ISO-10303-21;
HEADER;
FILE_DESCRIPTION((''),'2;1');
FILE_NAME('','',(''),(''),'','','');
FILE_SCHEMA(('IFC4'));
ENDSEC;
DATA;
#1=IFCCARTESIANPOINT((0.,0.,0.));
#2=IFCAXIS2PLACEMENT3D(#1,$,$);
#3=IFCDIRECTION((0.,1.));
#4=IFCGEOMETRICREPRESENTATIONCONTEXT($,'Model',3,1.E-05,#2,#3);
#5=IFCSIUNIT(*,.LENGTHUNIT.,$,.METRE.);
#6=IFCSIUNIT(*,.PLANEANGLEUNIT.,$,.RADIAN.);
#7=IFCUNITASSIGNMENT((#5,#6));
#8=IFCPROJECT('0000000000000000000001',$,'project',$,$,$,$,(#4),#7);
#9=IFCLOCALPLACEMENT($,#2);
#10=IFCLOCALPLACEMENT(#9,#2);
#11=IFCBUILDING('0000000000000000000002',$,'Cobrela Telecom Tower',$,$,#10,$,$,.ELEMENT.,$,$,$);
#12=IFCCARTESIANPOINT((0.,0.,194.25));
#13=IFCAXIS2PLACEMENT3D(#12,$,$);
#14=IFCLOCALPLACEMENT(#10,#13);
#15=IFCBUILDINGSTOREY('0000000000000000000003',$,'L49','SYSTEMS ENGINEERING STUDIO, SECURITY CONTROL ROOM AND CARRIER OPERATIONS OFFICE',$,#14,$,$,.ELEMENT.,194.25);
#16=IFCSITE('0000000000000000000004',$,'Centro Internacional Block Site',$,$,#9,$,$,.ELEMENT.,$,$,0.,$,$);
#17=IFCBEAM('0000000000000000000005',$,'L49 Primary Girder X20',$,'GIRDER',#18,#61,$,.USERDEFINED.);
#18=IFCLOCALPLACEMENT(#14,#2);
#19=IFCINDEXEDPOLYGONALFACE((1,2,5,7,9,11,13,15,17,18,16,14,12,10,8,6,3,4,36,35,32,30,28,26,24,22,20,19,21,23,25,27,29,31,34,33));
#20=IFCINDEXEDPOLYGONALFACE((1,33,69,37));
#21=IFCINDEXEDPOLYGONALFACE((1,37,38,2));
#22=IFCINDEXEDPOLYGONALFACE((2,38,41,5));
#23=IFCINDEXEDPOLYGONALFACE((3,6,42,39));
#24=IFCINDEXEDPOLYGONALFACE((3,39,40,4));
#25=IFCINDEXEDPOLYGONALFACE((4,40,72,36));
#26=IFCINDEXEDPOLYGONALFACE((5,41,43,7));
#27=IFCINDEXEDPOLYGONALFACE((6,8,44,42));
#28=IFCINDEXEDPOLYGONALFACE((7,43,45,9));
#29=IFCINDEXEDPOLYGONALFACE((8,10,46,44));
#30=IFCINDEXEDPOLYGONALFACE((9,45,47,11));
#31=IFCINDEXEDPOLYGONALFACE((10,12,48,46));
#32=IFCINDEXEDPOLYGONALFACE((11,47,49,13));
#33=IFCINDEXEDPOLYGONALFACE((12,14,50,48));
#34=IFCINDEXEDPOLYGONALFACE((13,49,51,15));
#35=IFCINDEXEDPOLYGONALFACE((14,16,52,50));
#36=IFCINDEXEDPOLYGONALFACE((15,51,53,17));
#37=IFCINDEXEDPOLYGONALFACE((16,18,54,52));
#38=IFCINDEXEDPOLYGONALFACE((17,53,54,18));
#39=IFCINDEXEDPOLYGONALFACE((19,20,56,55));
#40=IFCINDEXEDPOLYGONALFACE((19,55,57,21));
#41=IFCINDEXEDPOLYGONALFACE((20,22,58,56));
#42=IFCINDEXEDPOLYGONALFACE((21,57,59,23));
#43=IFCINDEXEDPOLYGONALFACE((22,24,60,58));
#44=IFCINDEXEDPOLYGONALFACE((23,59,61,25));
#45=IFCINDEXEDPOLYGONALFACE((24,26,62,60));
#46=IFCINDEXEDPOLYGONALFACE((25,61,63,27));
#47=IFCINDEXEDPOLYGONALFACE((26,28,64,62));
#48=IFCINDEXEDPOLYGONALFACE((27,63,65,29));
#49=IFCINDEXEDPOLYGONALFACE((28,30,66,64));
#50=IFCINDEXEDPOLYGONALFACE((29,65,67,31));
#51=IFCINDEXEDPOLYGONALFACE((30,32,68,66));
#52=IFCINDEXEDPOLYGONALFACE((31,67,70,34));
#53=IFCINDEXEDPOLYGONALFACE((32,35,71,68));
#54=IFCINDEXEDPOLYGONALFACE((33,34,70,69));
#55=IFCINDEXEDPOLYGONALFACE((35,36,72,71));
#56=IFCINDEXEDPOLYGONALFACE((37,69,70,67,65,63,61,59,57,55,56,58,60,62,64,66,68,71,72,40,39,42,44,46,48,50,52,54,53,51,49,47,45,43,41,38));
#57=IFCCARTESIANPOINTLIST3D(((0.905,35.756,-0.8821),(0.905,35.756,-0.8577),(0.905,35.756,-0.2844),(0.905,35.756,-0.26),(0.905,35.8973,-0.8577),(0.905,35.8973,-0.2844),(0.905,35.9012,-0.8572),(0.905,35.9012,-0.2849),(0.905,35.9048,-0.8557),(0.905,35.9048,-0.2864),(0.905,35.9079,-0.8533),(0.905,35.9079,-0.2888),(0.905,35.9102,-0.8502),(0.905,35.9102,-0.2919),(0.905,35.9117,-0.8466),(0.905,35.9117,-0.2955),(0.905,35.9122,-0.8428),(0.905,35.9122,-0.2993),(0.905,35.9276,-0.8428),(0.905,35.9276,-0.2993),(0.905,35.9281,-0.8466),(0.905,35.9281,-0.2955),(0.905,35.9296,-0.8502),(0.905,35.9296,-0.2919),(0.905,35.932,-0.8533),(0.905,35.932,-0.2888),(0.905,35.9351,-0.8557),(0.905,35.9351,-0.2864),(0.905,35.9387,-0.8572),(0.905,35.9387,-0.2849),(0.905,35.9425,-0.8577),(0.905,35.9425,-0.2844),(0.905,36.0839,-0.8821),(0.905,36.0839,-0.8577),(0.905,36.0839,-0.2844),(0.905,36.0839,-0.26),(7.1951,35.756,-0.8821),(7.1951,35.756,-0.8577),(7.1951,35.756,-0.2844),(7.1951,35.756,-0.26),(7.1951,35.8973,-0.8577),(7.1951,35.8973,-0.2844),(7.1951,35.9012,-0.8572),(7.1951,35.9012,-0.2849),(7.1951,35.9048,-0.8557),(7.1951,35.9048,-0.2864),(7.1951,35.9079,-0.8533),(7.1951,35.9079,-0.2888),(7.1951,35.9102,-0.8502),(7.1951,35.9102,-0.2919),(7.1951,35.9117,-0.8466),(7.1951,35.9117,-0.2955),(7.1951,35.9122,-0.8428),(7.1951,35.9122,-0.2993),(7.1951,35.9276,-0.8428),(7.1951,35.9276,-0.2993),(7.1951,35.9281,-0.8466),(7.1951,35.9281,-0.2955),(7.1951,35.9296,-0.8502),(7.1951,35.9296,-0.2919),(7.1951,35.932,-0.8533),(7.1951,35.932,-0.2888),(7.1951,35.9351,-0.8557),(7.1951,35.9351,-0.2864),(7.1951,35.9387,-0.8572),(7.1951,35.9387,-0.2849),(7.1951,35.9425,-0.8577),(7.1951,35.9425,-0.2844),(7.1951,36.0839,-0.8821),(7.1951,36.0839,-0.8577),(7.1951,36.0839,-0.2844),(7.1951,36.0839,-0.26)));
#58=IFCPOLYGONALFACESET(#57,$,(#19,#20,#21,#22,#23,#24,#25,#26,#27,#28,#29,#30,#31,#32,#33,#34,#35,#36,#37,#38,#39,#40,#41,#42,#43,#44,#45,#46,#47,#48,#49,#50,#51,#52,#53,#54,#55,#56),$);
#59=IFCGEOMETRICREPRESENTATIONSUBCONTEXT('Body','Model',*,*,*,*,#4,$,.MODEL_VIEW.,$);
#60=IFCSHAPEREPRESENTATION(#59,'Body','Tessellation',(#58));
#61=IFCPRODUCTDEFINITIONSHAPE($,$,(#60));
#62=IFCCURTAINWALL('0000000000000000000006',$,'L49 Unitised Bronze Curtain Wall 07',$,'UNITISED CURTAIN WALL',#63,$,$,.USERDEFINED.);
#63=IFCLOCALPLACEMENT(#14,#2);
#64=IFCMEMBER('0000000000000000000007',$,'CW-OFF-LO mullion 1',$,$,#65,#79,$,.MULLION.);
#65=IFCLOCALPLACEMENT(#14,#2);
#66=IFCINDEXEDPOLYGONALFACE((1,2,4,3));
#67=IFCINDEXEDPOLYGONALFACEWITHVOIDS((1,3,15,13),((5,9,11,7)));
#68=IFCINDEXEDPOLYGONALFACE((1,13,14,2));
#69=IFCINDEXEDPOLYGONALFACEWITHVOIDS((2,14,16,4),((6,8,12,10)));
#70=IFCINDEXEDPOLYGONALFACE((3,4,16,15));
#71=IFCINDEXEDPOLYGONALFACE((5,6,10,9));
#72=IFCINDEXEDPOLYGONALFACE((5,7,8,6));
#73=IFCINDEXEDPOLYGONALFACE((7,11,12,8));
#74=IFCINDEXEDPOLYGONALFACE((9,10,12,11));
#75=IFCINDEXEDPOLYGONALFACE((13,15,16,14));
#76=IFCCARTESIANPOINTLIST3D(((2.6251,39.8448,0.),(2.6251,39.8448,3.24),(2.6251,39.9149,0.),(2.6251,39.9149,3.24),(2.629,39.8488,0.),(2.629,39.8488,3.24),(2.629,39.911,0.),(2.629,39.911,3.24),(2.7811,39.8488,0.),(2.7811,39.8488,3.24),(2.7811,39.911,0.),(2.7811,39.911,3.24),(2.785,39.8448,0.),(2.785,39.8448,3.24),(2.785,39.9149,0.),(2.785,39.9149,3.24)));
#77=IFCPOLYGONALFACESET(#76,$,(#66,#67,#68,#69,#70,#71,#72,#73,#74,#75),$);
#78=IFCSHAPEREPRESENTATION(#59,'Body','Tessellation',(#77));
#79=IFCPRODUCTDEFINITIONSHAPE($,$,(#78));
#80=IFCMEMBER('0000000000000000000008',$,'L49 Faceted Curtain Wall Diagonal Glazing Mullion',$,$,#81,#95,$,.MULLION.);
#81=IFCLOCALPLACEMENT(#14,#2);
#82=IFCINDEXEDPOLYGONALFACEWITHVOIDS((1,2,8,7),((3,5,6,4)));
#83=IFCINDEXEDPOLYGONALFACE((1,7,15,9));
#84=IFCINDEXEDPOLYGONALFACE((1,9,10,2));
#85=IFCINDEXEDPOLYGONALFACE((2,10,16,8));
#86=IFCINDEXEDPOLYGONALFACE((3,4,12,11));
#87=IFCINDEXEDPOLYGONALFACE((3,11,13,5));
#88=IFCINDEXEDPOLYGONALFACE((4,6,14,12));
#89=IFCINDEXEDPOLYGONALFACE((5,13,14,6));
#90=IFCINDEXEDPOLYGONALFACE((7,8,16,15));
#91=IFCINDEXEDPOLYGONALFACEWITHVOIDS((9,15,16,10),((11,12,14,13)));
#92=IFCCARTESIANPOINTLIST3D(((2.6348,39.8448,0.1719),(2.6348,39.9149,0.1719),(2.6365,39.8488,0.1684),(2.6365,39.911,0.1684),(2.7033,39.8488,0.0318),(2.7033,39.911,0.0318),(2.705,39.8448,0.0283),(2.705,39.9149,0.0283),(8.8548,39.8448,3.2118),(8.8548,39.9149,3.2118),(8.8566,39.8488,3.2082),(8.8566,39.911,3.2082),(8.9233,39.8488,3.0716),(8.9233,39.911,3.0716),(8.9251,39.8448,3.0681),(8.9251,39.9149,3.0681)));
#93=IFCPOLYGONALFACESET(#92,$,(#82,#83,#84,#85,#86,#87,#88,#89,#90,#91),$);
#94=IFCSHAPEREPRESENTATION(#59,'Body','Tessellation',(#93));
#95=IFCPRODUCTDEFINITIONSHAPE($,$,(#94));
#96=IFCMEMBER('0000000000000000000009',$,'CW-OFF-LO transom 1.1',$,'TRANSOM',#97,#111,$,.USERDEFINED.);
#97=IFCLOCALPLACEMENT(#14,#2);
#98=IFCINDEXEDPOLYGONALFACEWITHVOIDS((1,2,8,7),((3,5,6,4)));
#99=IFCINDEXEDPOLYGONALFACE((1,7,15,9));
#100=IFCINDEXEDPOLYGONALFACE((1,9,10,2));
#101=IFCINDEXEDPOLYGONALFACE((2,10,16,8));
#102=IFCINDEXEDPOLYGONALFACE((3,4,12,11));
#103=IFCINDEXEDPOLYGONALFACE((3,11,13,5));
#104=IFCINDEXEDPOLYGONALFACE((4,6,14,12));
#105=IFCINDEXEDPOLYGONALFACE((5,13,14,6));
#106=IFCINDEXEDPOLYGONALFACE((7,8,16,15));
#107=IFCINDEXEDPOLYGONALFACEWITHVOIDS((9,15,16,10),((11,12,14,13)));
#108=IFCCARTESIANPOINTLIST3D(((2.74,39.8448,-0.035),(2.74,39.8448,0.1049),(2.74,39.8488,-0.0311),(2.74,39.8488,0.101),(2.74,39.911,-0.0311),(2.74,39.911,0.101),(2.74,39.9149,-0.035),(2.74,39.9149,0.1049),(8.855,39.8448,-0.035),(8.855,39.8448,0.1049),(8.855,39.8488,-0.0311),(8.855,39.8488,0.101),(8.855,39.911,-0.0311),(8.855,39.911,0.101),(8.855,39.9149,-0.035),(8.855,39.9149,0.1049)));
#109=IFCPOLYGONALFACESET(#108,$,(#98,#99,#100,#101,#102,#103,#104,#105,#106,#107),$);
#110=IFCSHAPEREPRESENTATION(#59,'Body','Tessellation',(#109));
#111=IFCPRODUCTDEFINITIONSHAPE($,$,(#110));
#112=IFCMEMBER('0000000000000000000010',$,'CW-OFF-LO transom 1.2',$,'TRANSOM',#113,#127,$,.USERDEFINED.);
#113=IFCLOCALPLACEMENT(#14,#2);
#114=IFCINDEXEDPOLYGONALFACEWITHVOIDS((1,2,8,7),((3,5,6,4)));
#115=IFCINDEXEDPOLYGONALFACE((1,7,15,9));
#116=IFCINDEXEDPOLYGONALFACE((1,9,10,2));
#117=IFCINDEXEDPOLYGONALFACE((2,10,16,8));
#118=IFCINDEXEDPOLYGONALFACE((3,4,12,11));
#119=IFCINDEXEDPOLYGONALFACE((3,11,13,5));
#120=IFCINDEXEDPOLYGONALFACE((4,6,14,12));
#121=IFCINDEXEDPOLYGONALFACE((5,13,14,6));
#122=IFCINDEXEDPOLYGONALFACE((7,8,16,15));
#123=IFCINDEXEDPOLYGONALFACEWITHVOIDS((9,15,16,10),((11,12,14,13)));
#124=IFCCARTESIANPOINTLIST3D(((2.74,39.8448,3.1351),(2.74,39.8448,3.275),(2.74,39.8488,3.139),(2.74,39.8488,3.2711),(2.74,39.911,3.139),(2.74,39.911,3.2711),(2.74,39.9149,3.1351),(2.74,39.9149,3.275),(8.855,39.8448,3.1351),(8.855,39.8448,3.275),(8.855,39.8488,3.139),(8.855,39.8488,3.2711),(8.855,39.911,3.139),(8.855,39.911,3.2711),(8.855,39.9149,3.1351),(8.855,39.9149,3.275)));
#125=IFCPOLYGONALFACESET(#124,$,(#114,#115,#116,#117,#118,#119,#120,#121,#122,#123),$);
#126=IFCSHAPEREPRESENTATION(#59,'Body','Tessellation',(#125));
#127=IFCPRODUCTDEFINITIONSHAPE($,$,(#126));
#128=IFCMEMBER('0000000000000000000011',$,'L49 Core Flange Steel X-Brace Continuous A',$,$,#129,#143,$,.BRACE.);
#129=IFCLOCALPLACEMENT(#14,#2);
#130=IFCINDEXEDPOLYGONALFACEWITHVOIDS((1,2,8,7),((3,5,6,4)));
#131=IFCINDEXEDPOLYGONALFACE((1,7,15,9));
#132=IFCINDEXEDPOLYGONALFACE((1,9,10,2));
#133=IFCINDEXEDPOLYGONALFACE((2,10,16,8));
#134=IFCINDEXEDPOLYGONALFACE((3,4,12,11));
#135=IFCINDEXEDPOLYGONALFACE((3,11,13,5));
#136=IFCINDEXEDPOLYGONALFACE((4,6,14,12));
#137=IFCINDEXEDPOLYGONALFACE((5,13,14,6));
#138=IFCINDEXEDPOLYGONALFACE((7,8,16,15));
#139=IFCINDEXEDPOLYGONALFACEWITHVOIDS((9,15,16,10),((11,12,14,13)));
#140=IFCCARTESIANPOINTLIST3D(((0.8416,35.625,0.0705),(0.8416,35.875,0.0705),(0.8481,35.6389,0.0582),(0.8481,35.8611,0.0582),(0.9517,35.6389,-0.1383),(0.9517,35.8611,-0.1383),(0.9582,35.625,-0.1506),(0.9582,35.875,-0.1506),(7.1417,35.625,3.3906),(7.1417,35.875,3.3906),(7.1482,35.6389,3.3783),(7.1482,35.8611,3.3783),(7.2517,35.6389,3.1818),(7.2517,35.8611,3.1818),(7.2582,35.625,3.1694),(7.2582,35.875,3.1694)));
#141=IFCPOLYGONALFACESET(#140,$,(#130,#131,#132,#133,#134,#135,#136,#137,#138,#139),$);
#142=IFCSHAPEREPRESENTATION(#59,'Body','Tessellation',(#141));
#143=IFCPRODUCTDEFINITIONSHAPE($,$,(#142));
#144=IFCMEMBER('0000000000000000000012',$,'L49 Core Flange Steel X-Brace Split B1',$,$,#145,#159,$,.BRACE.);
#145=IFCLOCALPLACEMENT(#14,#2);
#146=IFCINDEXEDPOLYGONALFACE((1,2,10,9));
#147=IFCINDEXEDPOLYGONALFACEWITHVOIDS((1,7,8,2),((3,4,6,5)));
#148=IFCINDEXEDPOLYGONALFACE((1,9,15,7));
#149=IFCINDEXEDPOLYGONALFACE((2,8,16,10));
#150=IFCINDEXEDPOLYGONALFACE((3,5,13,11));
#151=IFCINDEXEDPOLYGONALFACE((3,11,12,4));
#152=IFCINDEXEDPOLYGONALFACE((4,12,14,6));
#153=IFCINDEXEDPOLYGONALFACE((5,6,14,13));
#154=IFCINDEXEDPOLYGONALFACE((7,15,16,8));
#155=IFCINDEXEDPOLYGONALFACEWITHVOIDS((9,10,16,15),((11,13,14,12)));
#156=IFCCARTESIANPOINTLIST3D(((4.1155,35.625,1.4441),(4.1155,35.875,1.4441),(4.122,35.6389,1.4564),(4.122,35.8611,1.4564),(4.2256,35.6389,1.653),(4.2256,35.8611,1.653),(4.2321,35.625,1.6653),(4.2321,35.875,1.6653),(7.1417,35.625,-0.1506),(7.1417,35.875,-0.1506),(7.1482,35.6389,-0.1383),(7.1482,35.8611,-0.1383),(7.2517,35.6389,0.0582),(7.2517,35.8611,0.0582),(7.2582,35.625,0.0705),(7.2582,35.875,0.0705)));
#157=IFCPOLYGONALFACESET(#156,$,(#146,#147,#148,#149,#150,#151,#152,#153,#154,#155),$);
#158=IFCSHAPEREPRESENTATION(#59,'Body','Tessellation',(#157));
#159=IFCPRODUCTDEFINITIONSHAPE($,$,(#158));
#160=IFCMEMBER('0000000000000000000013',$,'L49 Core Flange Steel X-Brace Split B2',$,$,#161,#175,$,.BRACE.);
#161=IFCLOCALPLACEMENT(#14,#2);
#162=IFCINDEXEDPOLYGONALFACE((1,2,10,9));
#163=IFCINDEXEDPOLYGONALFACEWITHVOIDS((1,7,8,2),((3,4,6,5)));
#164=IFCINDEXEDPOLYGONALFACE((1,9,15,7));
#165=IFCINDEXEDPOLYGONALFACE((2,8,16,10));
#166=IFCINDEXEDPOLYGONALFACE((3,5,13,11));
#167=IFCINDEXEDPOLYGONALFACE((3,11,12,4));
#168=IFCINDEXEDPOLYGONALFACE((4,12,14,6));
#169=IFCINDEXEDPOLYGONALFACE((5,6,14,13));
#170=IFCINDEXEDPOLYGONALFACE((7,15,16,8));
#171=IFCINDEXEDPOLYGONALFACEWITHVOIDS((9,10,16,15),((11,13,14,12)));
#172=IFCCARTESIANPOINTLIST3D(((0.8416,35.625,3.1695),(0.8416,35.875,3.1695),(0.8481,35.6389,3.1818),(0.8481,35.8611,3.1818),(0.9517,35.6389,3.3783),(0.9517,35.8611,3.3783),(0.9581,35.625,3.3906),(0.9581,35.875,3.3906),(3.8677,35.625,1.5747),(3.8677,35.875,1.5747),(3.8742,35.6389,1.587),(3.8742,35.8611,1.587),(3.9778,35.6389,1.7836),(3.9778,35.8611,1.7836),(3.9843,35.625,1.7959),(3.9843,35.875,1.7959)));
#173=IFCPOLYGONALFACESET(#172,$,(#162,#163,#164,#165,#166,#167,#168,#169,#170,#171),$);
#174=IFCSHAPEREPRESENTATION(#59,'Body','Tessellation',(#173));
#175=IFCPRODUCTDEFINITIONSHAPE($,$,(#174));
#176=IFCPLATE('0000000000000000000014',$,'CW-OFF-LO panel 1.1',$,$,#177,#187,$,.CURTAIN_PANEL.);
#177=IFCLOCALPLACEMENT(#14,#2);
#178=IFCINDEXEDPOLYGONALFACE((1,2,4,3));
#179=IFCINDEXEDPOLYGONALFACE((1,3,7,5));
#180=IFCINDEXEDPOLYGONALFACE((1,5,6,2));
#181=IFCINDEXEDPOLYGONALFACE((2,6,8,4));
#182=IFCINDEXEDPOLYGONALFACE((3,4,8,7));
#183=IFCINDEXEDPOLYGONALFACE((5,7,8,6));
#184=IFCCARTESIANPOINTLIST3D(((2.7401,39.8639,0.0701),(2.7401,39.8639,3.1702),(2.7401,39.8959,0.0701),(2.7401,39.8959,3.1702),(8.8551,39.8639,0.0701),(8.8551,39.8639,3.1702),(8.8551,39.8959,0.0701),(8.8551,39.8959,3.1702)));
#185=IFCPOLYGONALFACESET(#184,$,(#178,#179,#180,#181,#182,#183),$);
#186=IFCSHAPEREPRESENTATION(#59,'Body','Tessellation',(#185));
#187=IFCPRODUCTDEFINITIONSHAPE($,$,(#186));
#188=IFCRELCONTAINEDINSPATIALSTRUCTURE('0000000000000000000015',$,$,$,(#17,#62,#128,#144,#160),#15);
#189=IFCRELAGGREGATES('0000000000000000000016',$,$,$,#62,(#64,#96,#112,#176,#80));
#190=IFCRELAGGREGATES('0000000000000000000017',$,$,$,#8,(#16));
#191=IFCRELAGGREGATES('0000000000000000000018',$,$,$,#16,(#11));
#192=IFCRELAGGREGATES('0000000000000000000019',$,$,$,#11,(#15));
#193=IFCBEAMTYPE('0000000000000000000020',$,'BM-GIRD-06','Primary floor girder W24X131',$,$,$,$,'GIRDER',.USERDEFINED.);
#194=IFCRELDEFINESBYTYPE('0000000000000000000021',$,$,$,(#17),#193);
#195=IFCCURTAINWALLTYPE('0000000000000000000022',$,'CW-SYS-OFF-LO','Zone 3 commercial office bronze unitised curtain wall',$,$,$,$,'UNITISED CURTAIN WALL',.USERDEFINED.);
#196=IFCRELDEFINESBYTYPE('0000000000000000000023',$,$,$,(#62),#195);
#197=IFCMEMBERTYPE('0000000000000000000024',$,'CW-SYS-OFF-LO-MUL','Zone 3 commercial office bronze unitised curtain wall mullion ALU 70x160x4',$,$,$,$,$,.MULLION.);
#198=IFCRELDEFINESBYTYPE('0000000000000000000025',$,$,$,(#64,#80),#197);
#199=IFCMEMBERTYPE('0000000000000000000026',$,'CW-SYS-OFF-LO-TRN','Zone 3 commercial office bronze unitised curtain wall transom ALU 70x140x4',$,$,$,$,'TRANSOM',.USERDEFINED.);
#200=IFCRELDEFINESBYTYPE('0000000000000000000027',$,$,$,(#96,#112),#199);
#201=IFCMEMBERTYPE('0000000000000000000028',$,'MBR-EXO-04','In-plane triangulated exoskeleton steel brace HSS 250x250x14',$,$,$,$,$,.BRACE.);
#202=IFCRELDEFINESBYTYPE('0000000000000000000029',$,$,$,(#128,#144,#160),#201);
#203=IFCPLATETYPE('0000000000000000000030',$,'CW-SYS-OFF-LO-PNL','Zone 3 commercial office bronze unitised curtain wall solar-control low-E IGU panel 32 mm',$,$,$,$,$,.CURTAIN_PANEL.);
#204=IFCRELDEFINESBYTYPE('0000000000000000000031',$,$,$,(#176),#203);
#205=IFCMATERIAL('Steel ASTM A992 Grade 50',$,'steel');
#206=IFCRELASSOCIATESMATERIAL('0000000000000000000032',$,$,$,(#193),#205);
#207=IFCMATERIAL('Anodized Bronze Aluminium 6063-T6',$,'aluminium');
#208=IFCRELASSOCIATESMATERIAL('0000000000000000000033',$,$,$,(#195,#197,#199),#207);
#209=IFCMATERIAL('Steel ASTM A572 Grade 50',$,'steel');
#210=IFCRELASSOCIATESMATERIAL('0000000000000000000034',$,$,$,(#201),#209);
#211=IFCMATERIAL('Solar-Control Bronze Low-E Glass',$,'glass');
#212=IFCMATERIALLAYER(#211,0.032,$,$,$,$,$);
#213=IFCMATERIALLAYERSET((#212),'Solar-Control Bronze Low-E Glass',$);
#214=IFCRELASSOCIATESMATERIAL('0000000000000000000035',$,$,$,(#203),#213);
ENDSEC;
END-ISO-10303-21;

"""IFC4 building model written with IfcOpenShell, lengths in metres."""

from ifc_helpers import new_model, si_unit, direction, frame, origin, origin_2d, place, context, subcontext, project, spatial, rectangle, hollow_rectangle, i_section, extrude, material, layer, layer_set, material_profile, profile_set, type_object, element, aggregate, save


model = new_model("IFC4")

# Units and contexts
model_context = context("Model", 3, precision=1e-05, world=origin(), true_north=direction((0.0, 1.0)))
body_context = subcontext(model_context, "Body", "Model", "MODEL_VIEW")
ifc_project = project(units=[si_unit("LENGTHUNIT", "METRE"), si_unit("PLANEANGLEUNIT", "RADIAN")], contexts=[model_context])

# Site, building, storey
site_placement = place(None, origin())
site = spatial("IfcSite", under=ifc_project, at=site_placement, Name="Centro Internacional Block Site", CompositionType="ELEMENT", RefElevation=0.0)
building_placement = place(site_placement, origin())
building = spatial("IfcBuilding", under=site, at=building_placement, Name="Cobrela Telecom Tower", CompositionType="ELEMENT")
storey_placement = place(building_placement, frame((0.0, 0.0, 194.25)))
storey = spatial("IfcBuildingStorey", under=building, at=storey_placement, Name="L49", Description="SYSTEMS ENGINEERING STUDIO, SECURITY CONTROL ROOM AND CARRIER OPERATIONS OFFICE", CompositionType="ELEMENT", Elevation=194.25)

# Beam
ifc_material_1 = material(Name="Steel ASTM A992 Grade 50", Category="steel")
ifc_material_profile_1 = material_profile(ifc_material_1, i_section(OverallWidth=0.3279, OverallDepth=0.6221, WebThickness=0.0154, FlangeThickness=0.0244, FilletRadius=0.0149, at=origin_2d()), Name="W24X131")
ifc_profile_set_1 = profile_set([ifc_material_profile_1], Name="Steel ASTM A992 Grade 50")
beam_type = type_object("IfcBeamType", Name="BM-GIRD-06", Description="Primary floor girder W24X131", ElementType="GIRDER", PredefinedType="USERDEFINED", material=ifc_profile_set_1)
beam_placement = place(storey_placement, frame((0.905, 35.9199, -0.571), z_axis=(1.0, 0.0, 0.0), x_axis=(0.0, 1.0, 0.0)))
element("IfcBeam", 1, at=beam_placement, inside=storey, type_object=beam_type, Name="L49 Primary Girder X20", ObjectType="GIRDER", PredefinedType="USERDEFINED", context=body_context, shape_type="SweptSolid", body=[
    extrude(i_section(OverallWidth=0.3279, OverallDepth=0.6221, WebThickness=0.0154, FlangeThickness=0.0244, FilletRadius=0.0149, at=origin_2d()), origin(), (0.0, 0.0, 1.0), 6.29),
])

# Curtain wall, members
ifc_material_2 = material(Name="Anodized Bronze Aluminium 6063-T6", Category="aluminium")
curtain_wall_type = type_object("IfcCurtainWallType", Name="CW-SYS-OFF-LO", Description="Zone 3 commercial office bronze unitised curtain wall", ElementType="UNITISED CURTAIN WALL", PredefinedType="USERDEFINED", material=ifc_material_2)
curtain_wall_placement = place(storey_placement, origin())
curtain_wall = element("IfcCurtainWall", 2, at=curtain_wall_placement, inside=storey, type_object=curtain_wall_type, Name="L49 Unitised Bronze Curtain Wall 07", ObjectType="UNITISED CURTAIN WALL", PredefinedType="USERDEFINED")
ifc_material_profile_2 = material_profile(ifc_material_2, hollow_rectangle(XDim=0.0701, YDim=0.1599, WallThickness=0.0039, at=origin_2d()), Name="ALU 70x160x4")
ifc_profile_set_2 = profile_set([ifc_material_profile_2], Name="Anodized Bronze Aluminium 6063-T6")
member_type_1 = type_object("IfcMemberType", Name="CW-SYS-OFF-LO-MUL", Description="Zone 3 commercial office bronze unitised curtain wall mullion ALU 70x160x4", PredefinedType="MULLION", material=ifc_profile_set_2)
member_1_placement = place(storey_placement, frame((2.7051, 39.8799, 0.0), z_axis=(0.0, 0.0, 1.0), x_axis=(0.0, 1.0, 0.0)))
member_1 = element("IfcMember", 3, at=member_1_placement, type_object=member_type_1, Name="CW-OFF-LO mullion 1", PredefinedType="MULLION", context=body_context, shape_type="SweptSolid", body=[
    extrude(hollow_rectangle(XDim=0.0701, YDim=0.1599, WallThickness=0.0039, at=origin_2d()), origin(), (0.0, 0.0, 1.0), 3.24),
])
member_2_placement = place(storey_placement, frame((2.6699, 39.8799, 0.1001), z_axis=(0.898446, 0.0, 0.439084), x_axis=(0.0, 1.0, 0.0)))
member_2 = element("IfcMember", 4, at=member_2_placement, type_object=member_type_1, Name="L49 Faceted Curtain Wall Diagonal Glazing Mullion", PredefinedType="MULLION", context=body_context, shape_type="SweptSolid", body=[
    extrude(hollow_rectangle(XDim=0.0701, YDim=0.1599, WallThickness=0.0039, at=origin_2d()), origin(), (0.0, 0.0, 1.0), 6.9231),
])
ifc_material_profile_3 = material_profile(ifc_material_2, hollow_rectangle(XDim=0.0701, YDim=0.1399, WallThickness=0.0039, at=origin_2d()), Name="ALU 70x140x4")
ifc_profile_set_3 = profile_set([ifc_material_profile_3], Name="Anodized Bronze Aluminium 6063-T6")
member_type_2 = type_object("IfcMemberType", Name="CW-SYS-OFF-LO-TRN", Description="Zone 3 commercial office bronze unitised curtain wall transom ALU 70x140x4", ElementType="TRANSOM", PredefinedType="USERDEFINED", material=ifc_profile_set_3)
member_3_placement = place(storey_placement, frame((2.74, 39.8799, 0.0349), z_axis=(1.0, 0.0, 0.0), x_axis=(0.0, 1.0, 0.0)))
member_3 = element("IfcMember", 5, at=member_3_placement, type_object=member_type_2, Name="CW-OFF-LO transom 1.1", ObjectType="TRANSOM", PredefinedType="USERDEFINED", context=body_context, shape_type="SweptSolid", body=[
    extrude(hollow_rectangle(XDim=0.0701, YDim=0.1399, WallThickness=0.0039, at=origin_2d()), origin(), (0.0, 0.0, 1.0), 6.115),
])
member_4_placement = place(storey_placement, frame((2.74, 39.8799, 3.2051), z_axis=(1.0, 0.0, 0.0), x_axis=(0.0, 1.0, 0.0)))
member_4 = element("IfcMember", 6, at=member_4_placement, type_object=member_type_2, Name="CW-OFF-LO transom 1.2", ObjectType="TRANSOM", PredefinedType="USERDEFINED", context=body_context, shape_type="SweptSolid", body=[
    extrude(hollow_rectangle(XDim=0.0701, YDim=0.1399, WallThickness=0.0039, at=origin_2d()), origin(), (0.0, 0.0, 1.0), 6.115),
])

# Members
ifc_material_3 = material(Name="Steel ASTM A572 Grade 50", Category="steel")
ifc_material_profile_4 = material_profile(ifc_material_3, hollow_rectangle(XDim=0.25, YDim=0.25, WallThickness=0.0139, at=origin_2d()), Name="HSS 250x250x14")
ifc_profile_set_4 = profile_set([ifc_material_profile_4], Name="Steel ASTM A572 Grade 50")
member_type_3 = type_object("IfcMemberType", Name="MBR-EXO-04", Description="In-plane triangulated exoskeleton steel brace HSS 250x250x14", PredefinedType="BRACE", material=ifc_profile_set_4)
member_5_placement = place(storey_placement, frame((0.8999, 35.75, -0.04), z_axis=(0.884672, 0.0, 0.466214), x_axis=(0.0, 1.0, 0.0)))
element("IfcMember", 7, at=member_5_placement, inside=storey, type_object=member_type_3, Name="L49 Core Flange Steel X-Brace Continuous A", PredefinedType="BRACE", context=body_context, shape_type="SweptSolid", body=[
    extrude(hollow_rectangle(XDim=0.25, YDim=0.25, WallThickness=0.0139, at=origin_2d()), origin(), (0.0, 0.0, 1.0), 7.1213),
])
for number, where, z_axis, x_axis, name in (
    (8, (7.2, 35.75, -0.04), (-0.884673, 0.0, 0.466211), (0.0, -1.0, 0.0), "L49 Core Flange Steel X-Brace Split B1"),
    (9, (3.926, 35.75, 1.6853), (-0.884673, 0.0, 0.466211), (0.0, -1.0, 0.0), "L49 Core Flange Steel X-Brace Split B2"),
):
    element("IfcMember", number, at=place(storey_placement, frame(where, z_axis=z_axis, x_axis=x_axis)), inside=storey, type_object=member_type_3, Name=name, PredefinedType="BRACE", context=body_context, shape_type="SweptSolid", body=[
        extrude(hollow_rectangle(XDim=0.25, YDim=0.25, WallThickness=0.0139, at=origin_2d()), origin(), (0.0, 0.0, 1.0), 3.4207),
    ])

# Plate
ifc_material_4 = material(Name="Solar-Control Bronze Low-E Glass", Category="glass")
ifc_layer_1 = layer(ifc_material_4, 0.032)
ifc_layer_set_1 = layer_set([ifc_layer_1], Name="Solar-Control Bronze Low-E Glass")
plate_type_1 = type_object("IfcPlateType", Name="CW-SYS-OFF-LO-PNL", Description="Zone 3 commercial office bronze unitised curtain wall solar-control low-E IGU panel 32 mm", PredefinedType="CURTAIN_PANEL", material=ifc_layer_set_1)
plate_1_placement = place(storey_placement, frame((5.7976, 39.8799, 0.0701), z_axis=(0.0, 0.0, 1.0), x_axis=(1.0, 0.0, 0.0)))
plate_1 = element("IfcPlate", 10, at=plate_1_placement, type_object=plate_type_1, Name="CW-OFF-LO panel 1.1", PredefinedType="CURTAIN_PANEL", context=body_context, shape_type="SweptSolid", body=[
    extrude(rectangle(XDim=6.115, YDim=0.032, at=origin_2d()), origin(), (0.0, 0.0, 1.0), 3.1001),
])
aggregate(curtain_wall, [member_1, member_3, member_4, plate_1, member_2])

save(model, "model.ifc")
